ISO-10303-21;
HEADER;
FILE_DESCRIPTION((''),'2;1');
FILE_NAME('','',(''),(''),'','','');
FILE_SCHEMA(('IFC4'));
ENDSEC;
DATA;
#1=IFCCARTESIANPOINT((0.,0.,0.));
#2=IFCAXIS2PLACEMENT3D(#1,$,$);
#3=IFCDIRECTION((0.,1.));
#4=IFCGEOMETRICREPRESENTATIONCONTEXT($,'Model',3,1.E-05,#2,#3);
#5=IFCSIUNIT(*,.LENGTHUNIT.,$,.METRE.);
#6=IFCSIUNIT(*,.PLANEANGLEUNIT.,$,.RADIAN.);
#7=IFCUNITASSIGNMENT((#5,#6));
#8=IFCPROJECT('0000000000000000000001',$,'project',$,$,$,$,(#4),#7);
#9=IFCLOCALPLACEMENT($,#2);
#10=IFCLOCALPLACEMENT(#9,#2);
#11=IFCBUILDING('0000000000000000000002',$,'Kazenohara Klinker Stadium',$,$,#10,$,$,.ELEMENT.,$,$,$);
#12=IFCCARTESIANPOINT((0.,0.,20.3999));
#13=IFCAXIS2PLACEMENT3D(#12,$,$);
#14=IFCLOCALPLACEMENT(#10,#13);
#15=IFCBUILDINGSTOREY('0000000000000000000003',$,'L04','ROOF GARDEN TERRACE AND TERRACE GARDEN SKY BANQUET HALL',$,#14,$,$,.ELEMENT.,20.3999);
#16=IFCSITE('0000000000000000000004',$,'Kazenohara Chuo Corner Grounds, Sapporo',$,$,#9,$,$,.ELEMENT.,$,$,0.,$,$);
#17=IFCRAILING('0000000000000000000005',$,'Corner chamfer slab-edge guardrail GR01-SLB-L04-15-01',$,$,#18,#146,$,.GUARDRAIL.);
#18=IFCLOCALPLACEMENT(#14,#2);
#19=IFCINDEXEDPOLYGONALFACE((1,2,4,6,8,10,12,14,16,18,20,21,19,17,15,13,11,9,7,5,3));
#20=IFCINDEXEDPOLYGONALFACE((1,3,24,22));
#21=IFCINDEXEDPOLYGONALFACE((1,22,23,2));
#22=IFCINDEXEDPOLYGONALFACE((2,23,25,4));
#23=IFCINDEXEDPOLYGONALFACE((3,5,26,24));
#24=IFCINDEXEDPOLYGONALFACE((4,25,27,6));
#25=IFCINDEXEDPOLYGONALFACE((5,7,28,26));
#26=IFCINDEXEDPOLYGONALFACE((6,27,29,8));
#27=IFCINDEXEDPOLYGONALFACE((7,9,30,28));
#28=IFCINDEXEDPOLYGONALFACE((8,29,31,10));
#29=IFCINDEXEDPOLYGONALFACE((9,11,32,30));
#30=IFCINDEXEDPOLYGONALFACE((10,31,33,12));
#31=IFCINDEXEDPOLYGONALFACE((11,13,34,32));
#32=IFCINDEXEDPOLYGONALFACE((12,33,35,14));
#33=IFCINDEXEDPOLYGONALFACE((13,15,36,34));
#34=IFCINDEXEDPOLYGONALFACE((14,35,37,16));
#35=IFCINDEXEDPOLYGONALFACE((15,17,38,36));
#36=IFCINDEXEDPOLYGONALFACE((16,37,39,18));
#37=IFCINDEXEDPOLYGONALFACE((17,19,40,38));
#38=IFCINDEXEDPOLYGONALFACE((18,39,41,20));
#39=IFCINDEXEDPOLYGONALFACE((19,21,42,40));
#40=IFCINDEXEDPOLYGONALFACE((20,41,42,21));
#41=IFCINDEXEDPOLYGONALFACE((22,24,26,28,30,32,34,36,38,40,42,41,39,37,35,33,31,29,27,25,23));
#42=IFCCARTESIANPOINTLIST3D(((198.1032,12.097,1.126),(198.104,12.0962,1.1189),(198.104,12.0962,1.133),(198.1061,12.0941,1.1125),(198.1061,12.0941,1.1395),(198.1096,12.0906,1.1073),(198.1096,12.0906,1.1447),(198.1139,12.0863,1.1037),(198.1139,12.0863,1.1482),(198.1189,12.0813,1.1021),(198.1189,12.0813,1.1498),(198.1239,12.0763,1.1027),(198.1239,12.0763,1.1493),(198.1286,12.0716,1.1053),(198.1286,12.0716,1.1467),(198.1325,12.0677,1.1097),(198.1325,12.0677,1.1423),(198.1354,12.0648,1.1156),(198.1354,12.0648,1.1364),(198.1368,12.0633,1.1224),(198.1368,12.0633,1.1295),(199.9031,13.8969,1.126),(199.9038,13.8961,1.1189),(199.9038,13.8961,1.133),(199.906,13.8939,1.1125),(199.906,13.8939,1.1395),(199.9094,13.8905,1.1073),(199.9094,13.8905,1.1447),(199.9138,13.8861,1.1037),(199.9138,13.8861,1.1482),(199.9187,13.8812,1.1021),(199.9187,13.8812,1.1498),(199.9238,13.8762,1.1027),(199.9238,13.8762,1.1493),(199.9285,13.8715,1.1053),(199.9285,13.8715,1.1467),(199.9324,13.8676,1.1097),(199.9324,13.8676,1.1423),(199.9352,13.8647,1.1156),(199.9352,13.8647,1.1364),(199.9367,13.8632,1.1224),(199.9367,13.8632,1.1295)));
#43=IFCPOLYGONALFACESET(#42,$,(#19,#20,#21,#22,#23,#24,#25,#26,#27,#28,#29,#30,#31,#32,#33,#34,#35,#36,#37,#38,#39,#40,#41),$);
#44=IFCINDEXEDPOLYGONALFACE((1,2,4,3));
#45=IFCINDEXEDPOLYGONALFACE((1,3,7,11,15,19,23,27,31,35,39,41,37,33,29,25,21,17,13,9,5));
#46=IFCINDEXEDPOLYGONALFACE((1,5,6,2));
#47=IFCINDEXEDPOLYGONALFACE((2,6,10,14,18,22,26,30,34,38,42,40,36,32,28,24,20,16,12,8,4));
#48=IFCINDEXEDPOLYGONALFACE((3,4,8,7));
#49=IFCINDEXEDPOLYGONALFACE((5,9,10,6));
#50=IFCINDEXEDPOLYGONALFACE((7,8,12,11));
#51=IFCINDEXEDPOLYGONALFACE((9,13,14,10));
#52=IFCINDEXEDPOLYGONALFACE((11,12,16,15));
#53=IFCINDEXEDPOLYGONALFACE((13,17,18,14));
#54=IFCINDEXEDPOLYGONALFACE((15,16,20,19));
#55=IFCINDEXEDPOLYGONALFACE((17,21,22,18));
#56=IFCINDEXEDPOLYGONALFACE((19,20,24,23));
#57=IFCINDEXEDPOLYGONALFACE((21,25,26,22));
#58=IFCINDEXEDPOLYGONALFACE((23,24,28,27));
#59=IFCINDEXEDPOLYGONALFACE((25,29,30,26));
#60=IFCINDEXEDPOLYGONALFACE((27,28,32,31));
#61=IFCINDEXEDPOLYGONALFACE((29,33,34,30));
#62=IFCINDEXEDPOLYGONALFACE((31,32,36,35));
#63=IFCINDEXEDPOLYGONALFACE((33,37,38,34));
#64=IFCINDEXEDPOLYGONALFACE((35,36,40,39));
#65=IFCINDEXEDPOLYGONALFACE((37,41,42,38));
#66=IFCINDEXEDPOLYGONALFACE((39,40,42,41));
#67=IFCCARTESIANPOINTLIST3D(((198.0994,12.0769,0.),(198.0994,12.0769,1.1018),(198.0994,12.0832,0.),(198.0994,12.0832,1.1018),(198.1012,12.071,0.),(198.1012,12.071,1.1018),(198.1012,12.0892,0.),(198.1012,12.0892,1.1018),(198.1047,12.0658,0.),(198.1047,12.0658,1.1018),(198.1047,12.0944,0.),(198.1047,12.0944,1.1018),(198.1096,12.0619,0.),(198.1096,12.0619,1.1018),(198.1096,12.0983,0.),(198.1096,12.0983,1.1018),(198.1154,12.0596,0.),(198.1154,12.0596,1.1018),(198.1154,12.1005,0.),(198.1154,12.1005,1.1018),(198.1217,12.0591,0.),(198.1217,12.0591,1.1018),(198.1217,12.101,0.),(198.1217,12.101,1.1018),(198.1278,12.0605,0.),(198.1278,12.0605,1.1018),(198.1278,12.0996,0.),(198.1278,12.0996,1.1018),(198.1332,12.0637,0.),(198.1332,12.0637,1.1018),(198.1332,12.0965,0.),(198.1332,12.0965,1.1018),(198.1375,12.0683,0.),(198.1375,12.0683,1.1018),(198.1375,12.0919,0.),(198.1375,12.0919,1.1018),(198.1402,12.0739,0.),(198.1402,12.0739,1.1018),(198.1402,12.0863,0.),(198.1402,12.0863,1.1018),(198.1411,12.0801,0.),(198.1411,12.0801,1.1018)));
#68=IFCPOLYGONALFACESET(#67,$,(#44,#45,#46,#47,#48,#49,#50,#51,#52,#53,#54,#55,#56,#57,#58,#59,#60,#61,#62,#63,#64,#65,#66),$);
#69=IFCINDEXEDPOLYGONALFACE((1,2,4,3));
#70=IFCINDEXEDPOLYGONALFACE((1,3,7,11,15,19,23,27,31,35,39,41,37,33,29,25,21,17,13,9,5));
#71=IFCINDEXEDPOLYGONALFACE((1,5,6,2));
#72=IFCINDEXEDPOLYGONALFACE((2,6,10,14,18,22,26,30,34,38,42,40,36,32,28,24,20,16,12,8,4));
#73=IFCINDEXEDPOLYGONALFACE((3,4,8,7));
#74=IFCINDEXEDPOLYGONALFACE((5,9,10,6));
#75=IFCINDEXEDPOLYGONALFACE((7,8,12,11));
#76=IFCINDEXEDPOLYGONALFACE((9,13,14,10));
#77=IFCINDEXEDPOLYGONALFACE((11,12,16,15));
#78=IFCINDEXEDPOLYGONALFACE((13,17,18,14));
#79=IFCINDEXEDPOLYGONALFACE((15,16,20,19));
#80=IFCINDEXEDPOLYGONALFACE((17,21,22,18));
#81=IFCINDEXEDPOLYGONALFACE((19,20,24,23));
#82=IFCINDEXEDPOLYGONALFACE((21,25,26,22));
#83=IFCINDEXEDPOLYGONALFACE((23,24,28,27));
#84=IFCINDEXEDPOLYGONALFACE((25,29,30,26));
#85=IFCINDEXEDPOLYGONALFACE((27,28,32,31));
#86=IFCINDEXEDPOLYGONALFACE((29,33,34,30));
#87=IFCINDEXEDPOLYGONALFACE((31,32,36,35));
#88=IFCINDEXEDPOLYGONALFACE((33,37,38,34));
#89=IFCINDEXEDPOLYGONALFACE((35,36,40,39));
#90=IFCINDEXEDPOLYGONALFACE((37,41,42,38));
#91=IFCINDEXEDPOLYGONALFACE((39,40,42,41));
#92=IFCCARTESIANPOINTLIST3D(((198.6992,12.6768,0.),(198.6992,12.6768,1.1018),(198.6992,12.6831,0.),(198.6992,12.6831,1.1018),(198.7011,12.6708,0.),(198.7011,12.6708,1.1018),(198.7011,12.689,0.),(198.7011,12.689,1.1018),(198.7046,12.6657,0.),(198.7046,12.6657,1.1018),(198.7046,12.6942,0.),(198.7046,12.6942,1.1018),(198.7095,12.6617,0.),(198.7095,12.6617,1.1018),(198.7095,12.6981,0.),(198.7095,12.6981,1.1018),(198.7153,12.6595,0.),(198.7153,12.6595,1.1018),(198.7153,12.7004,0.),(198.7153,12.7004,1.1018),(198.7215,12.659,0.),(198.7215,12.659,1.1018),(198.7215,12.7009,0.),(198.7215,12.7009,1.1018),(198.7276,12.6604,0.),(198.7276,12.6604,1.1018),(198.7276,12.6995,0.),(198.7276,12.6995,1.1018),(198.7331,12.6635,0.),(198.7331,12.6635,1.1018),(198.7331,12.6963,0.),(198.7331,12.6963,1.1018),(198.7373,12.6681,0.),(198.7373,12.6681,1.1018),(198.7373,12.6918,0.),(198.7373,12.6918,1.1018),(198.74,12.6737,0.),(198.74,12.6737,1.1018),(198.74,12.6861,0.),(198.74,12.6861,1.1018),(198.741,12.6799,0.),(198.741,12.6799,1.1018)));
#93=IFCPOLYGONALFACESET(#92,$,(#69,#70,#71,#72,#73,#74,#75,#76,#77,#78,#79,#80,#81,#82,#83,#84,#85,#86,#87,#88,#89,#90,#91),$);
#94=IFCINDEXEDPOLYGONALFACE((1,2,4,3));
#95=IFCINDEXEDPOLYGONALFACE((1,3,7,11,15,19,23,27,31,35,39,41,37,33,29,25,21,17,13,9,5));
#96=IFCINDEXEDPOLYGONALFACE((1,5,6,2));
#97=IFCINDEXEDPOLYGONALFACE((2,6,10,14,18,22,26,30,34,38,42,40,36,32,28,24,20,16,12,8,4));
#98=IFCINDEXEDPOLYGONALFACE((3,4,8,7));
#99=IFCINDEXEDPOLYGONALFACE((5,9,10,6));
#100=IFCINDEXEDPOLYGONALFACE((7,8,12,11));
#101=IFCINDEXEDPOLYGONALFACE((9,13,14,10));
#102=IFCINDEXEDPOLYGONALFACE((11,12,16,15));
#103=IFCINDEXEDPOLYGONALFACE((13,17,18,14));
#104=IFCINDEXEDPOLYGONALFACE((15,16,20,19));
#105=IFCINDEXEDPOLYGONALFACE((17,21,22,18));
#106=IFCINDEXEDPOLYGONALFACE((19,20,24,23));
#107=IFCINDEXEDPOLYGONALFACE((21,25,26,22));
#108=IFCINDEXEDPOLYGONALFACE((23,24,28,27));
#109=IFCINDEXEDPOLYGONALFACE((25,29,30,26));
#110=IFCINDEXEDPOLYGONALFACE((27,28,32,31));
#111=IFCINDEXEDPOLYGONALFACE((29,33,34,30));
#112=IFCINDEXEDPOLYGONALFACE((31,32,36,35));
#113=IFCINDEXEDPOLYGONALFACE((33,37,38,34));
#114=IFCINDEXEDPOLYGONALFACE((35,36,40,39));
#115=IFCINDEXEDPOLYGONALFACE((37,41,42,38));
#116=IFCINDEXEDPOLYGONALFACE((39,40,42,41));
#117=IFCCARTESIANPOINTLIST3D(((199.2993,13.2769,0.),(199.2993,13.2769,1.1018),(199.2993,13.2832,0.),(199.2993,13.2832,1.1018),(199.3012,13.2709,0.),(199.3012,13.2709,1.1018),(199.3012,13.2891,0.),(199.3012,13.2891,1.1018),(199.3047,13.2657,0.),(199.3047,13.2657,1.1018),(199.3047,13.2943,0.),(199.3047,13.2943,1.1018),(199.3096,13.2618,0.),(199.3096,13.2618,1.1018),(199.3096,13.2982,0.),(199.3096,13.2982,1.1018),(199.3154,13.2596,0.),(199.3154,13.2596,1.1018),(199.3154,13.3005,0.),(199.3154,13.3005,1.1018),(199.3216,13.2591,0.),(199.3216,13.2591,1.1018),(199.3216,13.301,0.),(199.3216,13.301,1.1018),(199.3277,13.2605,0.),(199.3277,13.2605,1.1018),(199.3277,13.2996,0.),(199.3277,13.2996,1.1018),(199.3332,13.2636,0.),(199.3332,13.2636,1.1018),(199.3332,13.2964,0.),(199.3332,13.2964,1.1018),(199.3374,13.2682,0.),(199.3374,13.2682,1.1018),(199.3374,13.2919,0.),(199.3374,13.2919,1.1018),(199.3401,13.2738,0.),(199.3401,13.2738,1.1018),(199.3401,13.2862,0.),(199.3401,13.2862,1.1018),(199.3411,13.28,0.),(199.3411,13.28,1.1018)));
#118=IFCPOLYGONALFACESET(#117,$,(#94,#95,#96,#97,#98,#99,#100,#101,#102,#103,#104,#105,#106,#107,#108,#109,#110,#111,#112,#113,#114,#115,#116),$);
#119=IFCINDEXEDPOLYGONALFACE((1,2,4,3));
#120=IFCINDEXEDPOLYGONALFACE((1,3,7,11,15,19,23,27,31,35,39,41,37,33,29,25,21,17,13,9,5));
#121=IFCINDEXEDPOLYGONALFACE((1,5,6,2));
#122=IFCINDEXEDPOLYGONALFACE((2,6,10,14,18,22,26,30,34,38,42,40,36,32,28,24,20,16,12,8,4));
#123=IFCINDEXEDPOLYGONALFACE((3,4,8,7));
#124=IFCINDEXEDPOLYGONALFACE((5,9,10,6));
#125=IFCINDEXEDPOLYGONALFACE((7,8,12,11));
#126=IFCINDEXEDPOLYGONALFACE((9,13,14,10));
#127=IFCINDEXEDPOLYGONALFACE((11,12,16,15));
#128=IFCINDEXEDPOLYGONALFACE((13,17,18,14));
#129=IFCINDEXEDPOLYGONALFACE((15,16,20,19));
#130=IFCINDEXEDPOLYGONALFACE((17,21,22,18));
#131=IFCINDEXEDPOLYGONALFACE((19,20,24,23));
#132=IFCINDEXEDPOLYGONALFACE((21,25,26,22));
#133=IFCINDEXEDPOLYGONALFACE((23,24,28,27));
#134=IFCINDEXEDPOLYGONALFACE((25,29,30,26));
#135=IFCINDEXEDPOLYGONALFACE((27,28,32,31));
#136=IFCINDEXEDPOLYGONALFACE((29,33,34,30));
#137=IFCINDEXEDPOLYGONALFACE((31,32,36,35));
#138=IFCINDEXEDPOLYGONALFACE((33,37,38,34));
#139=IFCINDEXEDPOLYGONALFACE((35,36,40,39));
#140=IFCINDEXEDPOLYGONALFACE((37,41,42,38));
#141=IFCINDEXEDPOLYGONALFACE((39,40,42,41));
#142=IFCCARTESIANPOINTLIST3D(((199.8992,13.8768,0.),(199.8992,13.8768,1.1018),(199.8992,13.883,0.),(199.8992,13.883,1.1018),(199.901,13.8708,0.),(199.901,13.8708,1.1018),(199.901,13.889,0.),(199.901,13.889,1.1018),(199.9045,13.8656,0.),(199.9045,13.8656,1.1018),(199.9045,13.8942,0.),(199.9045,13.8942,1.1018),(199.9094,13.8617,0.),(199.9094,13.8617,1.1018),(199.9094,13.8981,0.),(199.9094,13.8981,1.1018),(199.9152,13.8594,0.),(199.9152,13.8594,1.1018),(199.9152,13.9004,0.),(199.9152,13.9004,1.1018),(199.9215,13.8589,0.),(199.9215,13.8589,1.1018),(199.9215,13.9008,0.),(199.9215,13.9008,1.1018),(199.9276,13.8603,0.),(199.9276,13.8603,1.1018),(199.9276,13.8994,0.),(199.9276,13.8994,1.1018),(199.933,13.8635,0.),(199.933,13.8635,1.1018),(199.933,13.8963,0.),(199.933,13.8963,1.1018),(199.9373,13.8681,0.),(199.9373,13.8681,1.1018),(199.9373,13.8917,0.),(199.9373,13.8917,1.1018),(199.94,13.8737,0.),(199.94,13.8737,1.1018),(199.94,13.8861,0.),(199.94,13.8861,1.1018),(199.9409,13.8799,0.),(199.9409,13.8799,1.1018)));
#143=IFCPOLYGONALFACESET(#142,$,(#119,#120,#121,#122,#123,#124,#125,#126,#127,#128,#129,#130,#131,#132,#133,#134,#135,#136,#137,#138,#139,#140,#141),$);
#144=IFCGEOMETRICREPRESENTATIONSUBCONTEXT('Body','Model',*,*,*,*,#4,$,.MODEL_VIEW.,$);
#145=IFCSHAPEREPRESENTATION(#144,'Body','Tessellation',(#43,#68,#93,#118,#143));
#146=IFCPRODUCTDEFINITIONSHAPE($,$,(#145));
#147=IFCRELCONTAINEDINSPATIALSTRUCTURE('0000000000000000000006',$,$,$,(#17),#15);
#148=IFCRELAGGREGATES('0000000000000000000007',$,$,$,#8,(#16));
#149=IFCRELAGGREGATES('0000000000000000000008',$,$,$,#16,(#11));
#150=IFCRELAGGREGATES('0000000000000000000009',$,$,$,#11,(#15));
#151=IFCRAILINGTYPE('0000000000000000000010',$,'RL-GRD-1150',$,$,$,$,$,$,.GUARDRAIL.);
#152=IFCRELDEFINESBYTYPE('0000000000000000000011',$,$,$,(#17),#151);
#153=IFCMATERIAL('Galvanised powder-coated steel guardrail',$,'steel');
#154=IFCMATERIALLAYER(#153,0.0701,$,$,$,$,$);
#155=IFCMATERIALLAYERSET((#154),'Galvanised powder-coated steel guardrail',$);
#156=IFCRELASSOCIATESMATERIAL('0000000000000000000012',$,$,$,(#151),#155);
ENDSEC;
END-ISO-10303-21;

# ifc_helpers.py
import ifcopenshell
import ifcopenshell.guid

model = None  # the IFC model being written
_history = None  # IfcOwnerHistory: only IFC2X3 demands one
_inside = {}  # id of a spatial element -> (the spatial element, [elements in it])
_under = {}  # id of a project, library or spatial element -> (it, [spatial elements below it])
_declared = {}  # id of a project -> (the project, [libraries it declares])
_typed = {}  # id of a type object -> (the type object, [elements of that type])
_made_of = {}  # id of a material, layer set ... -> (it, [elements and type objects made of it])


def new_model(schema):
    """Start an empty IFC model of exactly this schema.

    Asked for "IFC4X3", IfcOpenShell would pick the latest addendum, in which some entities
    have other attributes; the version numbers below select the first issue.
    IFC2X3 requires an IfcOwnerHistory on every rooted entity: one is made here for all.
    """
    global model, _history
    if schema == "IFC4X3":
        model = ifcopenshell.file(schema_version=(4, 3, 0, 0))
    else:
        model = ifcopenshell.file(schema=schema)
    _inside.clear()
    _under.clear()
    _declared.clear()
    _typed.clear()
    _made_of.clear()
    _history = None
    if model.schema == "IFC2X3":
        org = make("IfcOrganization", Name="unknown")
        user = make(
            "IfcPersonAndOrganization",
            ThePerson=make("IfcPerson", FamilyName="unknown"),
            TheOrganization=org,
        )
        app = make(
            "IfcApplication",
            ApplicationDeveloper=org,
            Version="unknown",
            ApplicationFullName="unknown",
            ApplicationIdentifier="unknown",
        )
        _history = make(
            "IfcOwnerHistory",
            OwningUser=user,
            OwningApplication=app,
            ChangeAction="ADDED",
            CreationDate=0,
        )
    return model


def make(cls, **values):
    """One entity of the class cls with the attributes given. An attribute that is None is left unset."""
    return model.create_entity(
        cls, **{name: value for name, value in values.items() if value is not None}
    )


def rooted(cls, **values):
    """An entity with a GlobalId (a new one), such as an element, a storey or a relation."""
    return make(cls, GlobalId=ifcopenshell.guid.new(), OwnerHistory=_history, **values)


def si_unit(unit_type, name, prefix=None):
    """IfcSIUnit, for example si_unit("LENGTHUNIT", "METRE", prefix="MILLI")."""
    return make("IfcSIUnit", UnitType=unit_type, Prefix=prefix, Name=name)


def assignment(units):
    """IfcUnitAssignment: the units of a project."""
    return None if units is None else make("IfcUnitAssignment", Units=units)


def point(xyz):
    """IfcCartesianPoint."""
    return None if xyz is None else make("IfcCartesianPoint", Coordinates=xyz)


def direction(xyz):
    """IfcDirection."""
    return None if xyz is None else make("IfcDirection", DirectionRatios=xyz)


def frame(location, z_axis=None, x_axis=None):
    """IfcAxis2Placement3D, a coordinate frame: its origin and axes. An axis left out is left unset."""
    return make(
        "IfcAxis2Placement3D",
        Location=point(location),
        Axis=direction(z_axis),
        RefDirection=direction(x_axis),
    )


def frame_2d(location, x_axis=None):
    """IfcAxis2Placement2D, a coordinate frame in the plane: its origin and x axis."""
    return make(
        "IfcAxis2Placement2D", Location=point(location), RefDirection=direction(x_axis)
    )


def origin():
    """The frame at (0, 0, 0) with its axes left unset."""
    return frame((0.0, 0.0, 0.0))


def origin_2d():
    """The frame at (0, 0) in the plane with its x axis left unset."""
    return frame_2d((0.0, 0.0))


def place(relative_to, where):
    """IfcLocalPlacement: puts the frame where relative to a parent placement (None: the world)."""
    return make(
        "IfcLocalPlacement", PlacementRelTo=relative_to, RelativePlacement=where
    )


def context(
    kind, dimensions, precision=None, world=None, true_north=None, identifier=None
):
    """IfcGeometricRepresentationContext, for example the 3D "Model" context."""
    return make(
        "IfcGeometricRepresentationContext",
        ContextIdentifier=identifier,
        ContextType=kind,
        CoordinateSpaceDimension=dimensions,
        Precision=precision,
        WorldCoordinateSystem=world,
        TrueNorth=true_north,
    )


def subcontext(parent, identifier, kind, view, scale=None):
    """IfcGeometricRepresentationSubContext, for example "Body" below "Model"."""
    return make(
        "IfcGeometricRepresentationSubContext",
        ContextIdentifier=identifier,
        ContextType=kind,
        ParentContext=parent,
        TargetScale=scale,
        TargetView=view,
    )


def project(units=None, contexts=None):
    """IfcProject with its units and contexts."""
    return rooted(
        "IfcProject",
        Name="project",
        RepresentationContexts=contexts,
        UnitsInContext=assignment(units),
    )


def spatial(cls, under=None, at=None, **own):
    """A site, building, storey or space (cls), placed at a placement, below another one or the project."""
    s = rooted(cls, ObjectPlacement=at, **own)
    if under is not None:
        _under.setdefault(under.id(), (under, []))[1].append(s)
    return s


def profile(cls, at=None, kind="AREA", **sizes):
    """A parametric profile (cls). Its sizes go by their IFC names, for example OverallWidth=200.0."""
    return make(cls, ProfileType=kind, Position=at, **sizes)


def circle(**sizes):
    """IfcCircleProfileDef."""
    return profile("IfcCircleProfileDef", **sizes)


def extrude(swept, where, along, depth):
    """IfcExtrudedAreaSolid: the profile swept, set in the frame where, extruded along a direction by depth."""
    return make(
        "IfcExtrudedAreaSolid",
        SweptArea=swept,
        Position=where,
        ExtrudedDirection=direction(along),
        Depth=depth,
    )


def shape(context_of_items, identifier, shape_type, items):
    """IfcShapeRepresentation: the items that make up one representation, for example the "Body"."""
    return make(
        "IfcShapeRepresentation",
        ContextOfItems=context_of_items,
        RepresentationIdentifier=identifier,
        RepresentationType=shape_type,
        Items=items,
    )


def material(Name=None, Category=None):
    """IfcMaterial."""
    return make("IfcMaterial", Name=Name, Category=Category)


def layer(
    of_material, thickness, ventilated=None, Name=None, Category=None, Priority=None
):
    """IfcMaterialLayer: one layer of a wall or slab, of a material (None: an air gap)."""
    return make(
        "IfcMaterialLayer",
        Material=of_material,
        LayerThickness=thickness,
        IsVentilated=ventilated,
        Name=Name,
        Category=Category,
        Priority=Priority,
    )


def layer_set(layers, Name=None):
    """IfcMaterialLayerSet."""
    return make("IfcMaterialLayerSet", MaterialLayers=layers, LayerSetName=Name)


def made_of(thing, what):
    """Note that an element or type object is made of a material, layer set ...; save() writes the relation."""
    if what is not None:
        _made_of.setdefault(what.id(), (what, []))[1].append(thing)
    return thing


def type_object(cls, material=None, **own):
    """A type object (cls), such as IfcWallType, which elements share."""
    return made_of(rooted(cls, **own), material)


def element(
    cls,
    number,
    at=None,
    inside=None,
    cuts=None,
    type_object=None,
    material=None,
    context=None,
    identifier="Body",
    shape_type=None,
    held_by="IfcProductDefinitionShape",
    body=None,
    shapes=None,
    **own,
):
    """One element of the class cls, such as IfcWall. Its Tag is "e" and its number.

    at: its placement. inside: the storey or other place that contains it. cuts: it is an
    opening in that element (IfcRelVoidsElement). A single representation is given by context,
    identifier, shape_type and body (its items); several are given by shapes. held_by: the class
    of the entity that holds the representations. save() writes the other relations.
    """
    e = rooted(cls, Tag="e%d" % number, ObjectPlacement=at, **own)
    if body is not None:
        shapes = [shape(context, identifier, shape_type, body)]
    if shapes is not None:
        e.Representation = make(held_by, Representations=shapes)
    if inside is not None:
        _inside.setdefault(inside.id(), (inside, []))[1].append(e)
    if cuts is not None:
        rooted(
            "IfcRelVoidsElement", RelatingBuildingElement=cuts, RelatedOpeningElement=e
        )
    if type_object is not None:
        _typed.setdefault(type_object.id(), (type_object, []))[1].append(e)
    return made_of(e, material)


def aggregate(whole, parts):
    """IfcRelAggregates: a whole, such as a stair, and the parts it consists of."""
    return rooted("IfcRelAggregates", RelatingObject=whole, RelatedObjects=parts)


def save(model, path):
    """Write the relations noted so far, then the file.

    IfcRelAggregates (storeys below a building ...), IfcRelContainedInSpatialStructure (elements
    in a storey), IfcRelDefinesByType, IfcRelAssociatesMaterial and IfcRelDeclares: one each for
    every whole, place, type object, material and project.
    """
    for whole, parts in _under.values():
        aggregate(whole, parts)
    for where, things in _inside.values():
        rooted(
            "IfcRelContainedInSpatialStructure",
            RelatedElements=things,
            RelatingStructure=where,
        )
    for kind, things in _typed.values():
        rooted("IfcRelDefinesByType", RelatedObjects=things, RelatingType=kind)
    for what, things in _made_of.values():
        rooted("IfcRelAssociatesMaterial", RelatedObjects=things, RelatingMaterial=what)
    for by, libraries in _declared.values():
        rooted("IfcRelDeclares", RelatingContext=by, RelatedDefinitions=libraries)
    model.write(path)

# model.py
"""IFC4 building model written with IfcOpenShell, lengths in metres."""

from ifc_helpers import new_model, si_unit, direction, frame, origin, origin_2d, place, context, subcontext, project, spatial, circle, extrude, material, layer, layer_set, type_object, element, save


model = new_model("IFC4")

# Units and contexts
model_context = context("Model", 3, precision=1e-05, world=origin(), true_north=direction((0.0, 1.0)))
body_context = subcontext(model_context, "Body", "Model", "MODEL_VIEW")
ifc_project = project(units=[si_unit("LENGTHUNIT", "METRE"), si_unit("PLANEANGLEUNIT", "RADIAN")], contexts=[model_context])

# Site, building, storey
site_placement = place(None, origin())
site = spatial("IfcSite", under=ifc_project, at=site_placement, Name="Kazenohara Chuo Corner Grounds, Sapporo", CompositionType="ELEMENT", RefElevation=0.0)
building_placement = place(site_placement, origin())
building = spatial("IfcBuilding", under=site, at=building_placement, Name="Kazenohara Klinker Stadium", CompositionType="ELEMENT")
storey_placement = place(building_placement, frame((0.0, 0.0, 20.3999)))
storey = spatial("IfcBuildingStorey", under=building, at=storey_placement, Name="L04", Description="ROOF GARDEN TERRACE AND TERRACE GARDEN SKY BANQUET HALL", CompositionType="ELEMENT", Elevation=20.3999)

# Railing
ifc_material_1 = material(Name="Galvanised powder-coated steel guardrail", Category="steel")
ifc_layer_1 = layer(ifc_material_1, 0.0701)
ifc_layer_set_1 = layer_set([ifc_layer_1], Name="Galvanised powder-coated steel guardrail")
railing_type = type_object("IfcRailingType", Name="RL-GRD-1150", PredefinedType="GUARDRAIL", material=ifc_layer_set_1)
railing_placement = place(storey_placement, frame((198.1201, 12.0801, 0.0)))
element("IfcRailing", 1, at=railing_placement, inside=storey, type_object=railing_type, Name="Corner chamfer slab-edge guardrail GR01-SLB-L04-15-01", PredefinedType="GUARDRAIL", context=body_context, shape_type="SweptSolid", body=[
    extrude(circle(Radius=0.0239, at=origin_2d()), frame((0.0, 0.0, 1.126), z_axis=(0.707107, 0.707107, 0.0), x_axis=(-0.707107, 0.707107, 0.0)), (0.0, 0.0, 1.0), 2.5454),
    extrude(circle(Radius=0.021, at=origin_2d()), origin(), (0.0, 0.0, 1.0), 1.1018),
    extrude(circle(Radius=0.021, at=origin_2d()), frame((0.5999, 0.5999, 0.0)), (0.0, 0.0, 1.0), 1.1018),
    extrude(circle(Radius=0.021, at=origin_2d()), frame((1.2, 1.2, 0.0)), (0.0, 0.0, 1.0), 1.1018),
    extrude(circle(Radius=0.021, at=origin_2d()), frame((1.7998, 1.7998, 0.0)), (0.0, 0.0, 1.0), 1.1018),
])

save(model, "model.ifc")
